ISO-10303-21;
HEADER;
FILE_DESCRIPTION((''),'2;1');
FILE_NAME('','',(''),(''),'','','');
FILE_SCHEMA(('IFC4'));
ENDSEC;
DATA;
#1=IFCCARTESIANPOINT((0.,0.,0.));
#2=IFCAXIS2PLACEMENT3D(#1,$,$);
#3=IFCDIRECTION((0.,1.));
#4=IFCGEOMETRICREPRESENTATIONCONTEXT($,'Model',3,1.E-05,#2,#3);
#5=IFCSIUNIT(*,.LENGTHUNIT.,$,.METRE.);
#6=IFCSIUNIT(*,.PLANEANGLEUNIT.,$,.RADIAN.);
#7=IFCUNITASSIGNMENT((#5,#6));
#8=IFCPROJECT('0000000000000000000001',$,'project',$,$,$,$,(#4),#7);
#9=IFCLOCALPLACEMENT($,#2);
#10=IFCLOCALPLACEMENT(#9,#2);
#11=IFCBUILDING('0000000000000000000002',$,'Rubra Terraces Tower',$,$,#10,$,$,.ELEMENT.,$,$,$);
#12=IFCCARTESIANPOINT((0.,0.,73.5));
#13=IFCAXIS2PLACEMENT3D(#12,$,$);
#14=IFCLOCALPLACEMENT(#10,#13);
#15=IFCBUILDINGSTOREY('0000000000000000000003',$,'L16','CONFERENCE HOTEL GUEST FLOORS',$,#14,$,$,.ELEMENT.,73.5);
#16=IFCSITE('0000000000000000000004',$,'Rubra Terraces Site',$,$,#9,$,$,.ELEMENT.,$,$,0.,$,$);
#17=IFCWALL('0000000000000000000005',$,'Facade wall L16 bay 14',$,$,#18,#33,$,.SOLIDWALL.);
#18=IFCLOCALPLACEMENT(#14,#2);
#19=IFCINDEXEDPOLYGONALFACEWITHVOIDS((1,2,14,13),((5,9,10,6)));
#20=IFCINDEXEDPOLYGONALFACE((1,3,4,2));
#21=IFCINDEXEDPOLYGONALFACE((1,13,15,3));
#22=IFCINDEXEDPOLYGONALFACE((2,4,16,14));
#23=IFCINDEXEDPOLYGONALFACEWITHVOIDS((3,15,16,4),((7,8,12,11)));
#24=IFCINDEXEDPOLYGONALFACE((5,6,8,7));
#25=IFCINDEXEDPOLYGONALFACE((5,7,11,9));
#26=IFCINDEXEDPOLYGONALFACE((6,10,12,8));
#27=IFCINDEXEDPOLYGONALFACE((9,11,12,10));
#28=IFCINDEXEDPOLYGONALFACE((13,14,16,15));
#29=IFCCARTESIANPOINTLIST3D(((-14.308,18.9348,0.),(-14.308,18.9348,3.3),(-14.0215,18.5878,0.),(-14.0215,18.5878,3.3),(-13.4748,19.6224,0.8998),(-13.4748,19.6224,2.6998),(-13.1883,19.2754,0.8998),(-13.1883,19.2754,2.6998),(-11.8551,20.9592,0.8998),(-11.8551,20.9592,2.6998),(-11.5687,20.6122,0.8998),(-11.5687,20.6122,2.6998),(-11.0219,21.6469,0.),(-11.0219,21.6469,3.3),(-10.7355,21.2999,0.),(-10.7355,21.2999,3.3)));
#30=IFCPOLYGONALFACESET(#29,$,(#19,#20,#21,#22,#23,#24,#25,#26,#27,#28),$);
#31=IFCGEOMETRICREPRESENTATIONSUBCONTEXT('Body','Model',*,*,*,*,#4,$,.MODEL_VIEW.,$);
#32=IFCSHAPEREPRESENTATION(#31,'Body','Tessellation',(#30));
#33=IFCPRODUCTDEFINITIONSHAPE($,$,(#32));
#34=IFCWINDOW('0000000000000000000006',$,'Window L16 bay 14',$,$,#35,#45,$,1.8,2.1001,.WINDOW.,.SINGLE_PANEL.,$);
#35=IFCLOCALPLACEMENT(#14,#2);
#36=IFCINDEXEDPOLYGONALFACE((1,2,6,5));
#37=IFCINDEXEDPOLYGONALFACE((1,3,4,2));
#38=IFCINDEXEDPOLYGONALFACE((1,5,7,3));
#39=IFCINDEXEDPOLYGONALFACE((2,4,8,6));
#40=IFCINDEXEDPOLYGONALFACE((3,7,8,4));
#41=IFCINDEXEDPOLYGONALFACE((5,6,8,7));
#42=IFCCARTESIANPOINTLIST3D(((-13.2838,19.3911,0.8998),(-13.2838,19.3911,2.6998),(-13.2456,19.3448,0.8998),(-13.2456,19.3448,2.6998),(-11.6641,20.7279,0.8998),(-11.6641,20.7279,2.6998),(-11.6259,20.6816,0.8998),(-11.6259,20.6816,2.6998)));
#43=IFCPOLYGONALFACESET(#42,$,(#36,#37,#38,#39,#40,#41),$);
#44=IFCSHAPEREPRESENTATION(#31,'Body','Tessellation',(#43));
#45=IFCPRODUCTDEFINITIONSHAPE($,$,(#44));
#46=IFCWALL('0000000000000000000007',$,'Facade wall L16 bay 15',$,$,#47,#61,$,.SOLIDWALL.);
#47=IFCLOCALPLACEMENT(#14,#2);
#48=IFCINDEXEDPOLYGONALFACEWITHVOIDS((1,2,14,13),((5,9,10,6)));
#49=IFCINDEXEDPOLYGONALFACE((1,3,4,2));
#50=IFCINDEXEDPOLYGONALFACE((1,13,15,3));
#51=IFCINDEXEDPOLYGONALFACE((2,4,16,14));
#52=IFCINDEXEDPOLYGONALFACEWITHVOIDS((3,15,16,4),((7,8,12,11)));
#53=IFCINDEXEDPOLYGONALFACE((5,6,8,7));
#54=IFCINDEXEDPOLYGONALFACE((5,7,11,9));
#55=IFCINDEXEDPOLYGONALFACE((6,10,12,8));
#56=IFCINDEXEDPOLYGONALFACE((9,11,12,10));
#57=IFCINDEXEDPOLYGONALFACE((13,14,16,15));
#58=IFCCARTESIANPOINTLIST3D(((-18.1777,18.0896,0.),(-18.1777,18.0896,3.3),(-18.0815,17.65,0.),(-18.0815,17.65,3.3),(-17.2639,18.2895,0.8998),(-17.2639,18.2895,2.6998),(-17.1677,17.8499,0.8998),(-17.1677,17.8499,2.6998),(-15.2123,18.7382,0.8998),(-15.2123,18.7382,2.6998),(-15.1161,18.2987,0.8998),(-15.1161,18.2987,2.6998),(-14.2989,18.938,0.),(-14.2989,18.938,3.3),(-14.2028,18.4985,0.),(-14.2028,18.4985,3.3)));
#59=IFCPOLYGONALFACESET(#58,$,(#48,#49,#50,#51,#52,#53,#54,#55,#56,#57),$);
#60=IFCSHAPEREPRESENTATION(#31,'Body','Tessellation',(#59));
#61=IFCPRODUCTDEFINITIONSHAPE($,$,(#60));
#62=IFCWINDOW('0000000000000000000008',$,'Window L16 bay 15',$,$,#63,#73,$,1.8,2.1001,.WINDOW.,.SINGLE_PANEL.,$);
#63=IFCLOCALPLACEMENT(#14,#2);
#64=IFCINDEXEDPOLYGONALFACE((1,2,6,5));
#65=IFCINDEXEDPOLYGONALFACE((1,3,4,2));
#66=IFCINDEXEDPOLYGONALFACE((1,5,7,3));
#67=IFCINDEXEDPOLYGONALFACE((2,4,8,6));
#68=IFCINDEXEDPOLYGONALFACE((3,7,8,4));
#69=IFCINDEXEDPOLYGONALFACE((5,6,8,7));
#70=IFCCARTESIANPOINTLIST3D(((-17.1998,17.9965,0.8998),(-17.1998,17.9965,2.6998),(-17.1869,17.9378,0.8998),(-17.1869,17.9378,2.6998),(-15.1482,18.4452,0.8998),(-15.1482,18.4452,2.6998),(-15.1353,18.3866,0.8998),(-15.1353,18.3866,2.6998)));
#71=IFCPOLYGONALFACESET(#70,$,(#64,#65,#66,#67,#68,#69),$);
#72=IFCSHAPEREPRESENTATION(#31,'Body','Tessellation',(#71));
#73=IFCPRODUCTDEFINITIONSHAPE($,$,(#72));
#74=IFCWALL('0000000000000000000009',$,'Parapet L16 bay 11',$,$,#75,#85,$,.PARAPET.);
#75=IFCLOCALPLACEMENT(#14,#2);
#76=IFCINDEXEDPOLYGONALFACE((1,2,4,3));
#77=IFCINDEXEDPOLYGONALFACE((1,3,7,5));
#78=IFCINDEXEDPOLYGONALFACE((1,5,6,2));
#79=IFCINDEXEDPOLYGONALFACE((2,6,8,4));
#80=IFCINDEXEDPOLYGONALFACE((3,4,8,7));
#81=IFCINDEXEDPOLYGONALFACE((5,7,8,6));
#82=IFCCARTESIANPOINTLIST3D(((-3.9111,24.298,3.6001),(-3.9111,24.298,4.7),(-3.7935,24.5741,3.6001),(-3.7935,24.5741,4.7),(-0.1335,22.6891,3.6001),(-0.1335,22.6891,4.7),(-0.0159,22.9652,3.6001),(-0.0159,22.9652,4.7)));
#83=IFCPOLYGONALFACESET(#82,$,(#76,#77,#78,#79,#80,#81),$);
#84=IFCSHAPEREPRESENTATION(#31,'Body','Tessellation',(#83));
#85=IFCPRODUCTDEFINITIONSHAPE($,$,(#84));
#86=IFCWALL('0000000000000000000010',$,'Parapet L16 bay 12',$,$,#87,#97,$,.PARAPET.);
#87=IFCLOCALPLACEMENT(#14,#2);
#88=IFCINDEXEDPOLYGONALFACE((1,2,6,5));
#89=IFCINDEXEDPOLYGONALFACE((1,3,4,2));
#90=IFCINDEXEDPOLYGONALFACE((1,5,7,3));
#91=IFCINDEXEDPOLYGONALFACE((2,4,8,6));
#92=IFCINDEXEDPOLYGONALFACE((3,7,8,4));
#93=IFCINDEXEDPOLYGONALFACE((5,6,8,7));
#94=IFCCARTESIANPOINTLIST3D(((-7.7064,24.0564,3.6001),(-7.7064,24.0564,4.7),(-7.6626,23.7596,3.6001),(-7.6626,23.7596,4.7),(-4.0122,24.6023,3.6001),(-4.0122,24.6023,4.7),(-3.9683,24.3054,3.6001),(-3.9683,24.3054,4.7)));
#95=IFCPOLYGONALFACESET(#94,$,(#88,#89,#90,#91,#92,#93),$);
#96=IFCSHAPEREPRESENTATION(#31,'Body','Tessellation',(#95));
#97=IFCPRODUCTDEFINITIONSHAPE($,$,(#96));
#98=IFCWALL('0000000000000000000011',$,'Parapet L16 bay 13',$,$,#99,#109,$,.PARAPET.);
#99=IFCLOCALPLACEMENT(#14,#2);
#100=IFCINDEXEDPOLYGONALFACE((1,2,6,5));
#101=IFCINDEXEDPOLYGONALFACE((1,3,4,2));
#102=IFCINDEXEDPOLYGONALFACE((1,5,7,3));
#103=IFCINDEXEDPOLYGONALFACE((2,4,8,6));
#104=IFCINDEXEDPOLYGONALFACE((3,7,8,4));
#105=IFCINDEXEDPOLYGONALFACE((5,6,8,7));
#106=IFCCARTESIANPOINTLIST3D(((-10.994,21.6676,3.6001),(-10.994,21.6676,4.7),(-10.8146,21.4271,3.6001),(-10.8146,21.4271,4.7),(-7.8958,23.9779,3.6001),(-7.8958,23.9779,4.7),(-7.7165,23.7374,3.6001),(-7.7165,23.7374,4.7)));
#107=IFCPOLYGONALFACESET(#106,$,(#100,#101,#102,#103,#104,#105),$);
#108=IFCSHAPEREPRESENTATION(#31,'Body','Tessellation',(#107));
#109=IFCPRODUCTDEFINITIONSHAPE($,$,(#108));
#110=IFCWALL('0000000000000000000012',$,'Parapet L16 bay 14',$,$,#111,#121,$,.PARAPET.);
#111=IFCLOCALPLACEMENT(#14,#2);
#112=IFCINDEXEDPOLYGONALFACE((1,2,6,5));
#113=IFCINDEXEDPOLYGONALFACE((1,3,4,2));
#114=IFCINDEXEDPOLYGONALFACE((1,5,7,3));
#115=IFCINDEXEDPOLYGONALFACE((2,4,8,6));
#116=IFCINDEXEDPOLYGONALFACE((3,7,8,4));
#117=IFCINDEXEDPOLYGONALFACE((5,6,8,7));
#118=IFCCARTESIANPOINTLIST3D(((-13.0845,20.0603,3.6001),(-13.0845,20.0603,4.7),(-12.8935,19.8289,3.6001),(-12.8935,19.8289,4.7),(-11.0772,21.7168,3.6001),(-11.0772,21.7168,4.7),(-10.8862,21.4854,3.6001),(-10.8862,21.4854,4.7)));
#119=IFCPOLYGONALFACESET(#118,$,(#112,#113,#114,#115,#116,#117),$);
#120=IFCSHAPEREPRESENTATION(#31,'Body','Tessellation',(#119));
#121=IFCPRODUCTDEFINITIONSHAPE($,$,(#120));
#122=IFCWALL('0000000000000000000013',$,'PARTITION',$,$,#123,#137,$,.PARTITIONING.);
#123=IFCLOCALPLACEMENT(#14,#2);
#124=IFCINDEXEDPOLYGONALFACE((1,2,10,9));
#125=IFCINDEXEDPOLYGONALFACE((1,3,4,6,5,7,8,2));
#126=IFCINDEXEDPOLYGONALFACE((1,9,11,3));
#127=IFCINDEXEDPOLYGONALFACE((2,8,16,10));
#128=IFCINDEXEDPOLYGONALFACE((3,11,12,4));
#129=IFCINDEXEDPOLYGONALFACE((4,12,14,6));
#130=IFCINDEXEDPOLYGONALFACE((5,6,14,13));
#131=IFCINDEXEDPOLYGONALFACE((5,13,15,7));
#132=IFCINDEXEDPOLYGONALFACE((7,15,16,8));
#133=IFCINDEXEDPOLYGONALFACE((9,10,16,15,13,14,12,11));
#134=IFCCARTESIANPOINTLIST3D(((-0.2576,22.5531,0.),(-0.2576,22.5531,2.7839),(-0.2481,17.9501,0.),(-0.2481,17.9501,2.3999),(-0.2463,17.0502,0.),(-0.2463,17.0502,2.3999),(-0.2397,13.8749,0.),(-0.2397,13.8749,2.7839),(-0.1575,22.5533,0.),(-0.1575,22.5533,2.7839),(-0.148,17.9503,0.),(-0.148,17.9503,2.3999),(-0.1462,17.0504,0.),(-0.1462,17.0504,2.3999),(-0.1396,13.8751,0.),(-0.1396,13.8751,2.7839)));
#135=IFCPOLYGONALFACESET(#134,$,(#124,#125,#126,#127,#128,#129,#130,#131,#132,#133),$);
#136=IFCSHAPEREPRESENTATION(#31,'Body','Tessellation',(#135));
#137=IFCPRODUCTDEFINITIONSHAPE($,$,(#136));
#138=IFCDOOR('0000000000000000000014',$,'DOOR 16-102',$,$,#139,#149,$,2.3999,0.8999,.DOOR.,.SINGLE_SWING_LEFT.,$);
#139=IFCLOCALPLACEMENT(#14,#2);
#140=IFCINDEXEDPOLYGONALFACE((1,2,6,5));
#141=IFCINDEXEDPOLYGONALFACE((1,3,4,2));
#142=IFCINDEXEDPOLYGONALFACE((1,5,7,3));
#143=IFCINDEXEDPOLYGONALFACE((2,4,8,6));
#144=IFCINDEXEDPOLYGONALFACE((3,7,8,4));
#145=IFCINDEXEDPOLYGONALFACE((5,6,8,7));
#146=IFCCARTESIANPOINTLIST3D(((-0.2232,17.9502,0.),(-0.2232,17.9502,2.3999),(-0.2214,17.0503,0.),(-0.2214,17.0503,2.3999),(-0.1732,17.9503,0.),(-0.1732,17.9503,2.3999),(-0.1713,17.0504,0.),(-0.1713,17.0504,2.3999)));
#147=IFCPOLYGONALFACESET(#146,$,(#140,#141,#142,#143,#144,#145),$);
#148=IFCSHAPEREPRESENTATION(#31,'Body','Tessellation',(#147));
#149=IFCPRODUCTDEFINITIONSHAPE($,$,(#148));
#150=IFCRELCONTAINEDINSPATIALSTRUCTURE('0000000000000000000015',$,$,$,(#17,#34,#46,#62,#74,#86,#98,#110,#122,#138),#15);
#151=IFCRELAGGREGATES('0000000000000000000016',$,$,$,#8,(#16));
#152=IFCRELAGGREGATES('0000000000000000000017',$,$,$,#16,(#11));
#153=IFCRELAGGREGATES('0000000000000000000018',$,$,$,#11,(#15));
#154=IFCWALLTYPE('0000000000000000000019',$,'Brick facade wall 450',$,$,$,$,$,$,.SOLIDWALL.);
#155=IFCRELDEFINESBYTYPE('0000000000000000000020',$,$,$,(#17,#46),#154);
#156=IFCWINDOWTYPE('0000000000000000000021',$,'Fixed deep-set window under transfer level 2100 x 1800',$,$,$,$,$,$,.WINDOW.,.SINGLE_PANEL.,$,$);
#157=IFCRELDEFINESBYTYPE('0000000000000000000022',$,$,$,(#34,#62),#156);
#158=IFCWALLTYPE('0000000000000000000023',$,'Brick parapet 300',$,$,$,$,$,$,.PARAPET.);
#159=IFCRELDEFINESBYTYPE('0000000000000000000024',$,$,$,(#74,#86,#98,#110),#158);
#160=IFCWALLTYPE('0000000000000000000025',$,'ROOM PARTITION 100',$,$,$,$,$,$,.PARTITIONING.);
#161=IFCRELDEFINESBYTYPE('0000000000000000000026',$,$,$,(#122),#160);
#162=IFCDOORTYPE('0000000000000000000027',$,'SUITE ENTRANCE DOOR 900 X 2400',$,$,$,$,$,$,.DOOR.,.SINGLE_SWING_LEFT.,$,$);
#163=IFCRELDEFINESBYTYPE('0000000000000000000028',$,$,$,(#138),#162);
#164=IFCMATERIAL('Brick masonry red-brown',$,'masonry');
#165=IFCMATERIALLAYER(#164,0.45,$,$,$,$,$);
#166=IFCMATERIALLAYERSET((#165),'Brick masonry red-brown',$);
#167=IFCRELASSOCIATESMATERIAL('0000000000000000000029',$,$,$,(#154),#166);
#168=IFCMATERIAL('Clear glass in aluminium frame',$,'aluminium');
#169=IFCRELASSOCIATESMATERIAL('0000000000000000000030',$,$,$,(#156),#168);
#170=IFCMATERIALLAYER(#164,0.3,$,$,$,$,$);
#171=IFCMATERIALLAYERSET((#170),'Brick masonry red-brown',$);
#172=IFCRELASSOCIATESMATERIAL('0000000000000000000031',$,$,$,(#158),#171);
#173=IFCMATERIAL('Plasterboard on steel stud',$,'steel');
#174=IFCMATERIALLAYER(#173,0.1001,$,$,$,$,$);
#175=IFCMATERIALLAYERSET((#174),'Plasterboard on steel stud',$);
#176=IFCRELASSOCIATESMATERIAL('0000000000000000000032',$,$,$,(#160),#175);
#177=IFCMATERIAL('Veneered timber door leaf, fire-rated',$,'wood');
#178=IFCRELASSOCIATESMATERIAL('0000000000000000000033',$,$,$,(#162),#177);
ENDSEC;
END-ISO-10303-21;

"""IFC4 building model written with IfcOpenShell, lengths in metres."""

from ifc_helpers import new_model, si_unit, direction, frame, frame_2d, origin, place, context, subcontext, project, spatial, rectangle, extrude, material, layer, layer_set, type_object, element, fill, save


model = new_model("IFC4")

# Units and contexts
model_context = context("Model", 3, precision=1e-05, world=origin(), true_north=direction((0.0, 1.0)))
body_context = subcontext(model_context, "Body", "Model", "MODEL_VIEW")
ifc_project = project(units=[si_unit("LENGTHUNIT", "METRE"), si_unit("PLANEANGLEUNIT", "RADIAN")], contexts=[model_context])

# Site, building, storey
site_placement = place(None, origin())
site = spatial("IfcSite", under=ifc_project, at=site_placement, Name="Rubra Terraces Site", CompositionType="ELEMENT", RefElevation=0.0)
building_placement = place(site_placement, origin())
building = spatial("IfcBuilding", under=site, at=building_placement, Name="Rubra Terraces Tower", CompositionType="ELEMENT")
storey_placement = place(building_placement, frame((0.0, 0.0, 73.5)))
storey = spatial("IfcBuildingStorey", under=building, at=storey_placement, Name="L16", Description="CONFERENCE HOTEL GUEST FLOORS", CompositionType="ELEMENT", Elevation=73.5)

# Walls, openings, windows
ifc_material_1 = material(Name="Brick masonry red-brown", Category="masonry")
ifc_layer_1 = layer(ifc_material_1, 0.45)
ifc_layer_set_1 = layer_set([ifc_layer_1], Name="Brick masonry red-brown")
wall_type_1 = type_object("IfcWallType", Name="Brick facade wall 450", PredefinedType="SOLIDWALL", material=ifc_layer_set_1)
ifc_material_2 = material(Name="Clear glass in aluminium frame", Category="aluminium")
window_type = type_object("IfcWindowType", Name="Fixed deep-set window under transfer level 2100 x 1800", PartitioningType="SINGLE_PANEL", PredefinedType="WINDOW", material=ifc_material_2)
wall_1_placement = place(storey_placement, frame((-10.8787, 21.4734, 0.0), z_axis=(0.0, 0.0, 1.0), x_axis=(-0.771247, -0.636536, 0.0)))
wall_1 = element("IfcWall", 1, at=wall_1_placement, inside=storey, type_object=wall_type_1, Name="Facade wall L16 bay 14", PredefinedType="SOLIDWALL", context=body_context, shape_type="SweptSolid", body=[
    extrude(rectangle(XDim=4.2607, YDim=0.45, at=frame_2d((2.1304, 0.0))), origin(), (0.0, 0.0, 1.0), 3.3),
])
opening_1_placement = place(wall_1_placement, frame((1.0803, 0.0, 0.8999)))
opening_1 = element("IfcOpeningElement", 2, at=opening_1_placement, cuts=wall_1, PredefinedType="OPENING", context=body_context, shape_type="SweptSolid", body=[
    extrude(rectangle(XDim=2.1001, YDim=1.8, at=frame_2d((1.05, 0.8999))), frame((0.0, 0.2349, 0.0), z_axis=(0.0, -1.0, 0.0), x_axis=(1.0, 0.0, 0.0)), (0.0, 0.0, 1.0), 0.47),
])
window_1_placement = place(opening_1_placement, origin())
window_1 = element("IfcWindow", 3, at=window_1_placement, inside=storey, type_object=window_type, Name="Window L16 bay 14", OverallHeight=1.8, OverallWidth=2.1001, PartitioningType="SINGLE_PANEL", PredefinedType="WINDOW", context=body_context, shape_type="SweptSolid", body=[
    extrude(rectangle(XDim=2.1001, YDim=1.8, at=frame_2d((1.05, 0.8999))), frame((0.0, 0.135, 0.0), z_axis=(0.0, -1.0, 0.0), x_axis=(1.0, 0.0, 0.0)), (0.0, 0.0, 1.0), 0.0601),
])
fill(opening_1, window_1)
wall_2_placement = place(storey_placement, frame((-14.2507, 18.7183, 0.0), z_axis=(0.0, 0.0, 1.0), x_axis=(-0.976904, -0.21368, 0.0)))
wall_2 = element("IfcWall", 4, at=wall_2_placement, inside=storey, type_object=wall_type_1, Name="Facade wall L16 bay 15", PredefinedType="SOLIDWALL", context=body_context, shape_type="SweptSolid", body=[
    extrude(rectangle(XDim=3.9705, YDim=0.45, at=frame_2d((1.9854, 0.0))), origin(), (0.0, 0.0, 1.0), 3.3),
])
opening_2_placement = place(wall_2_placement, frame((0.9351, 0.0, 0.8999)))
opening_2 = element("IfcOpeningElement", 5, at=opening_2_placement, cuts=wall_2, PredefinedType="OPENING", context=body_context, shape_type="SweptSolid", body=[
    extrude(rectangle(XDim=2.1001, YDim=1.8, at=frame_2d((1.05, 0.8999))), frame((0.0, 0.2349, 0.0), z_axis=(0.0, -1.0, 0.0), x_axis=(1.0, 0.0, 0.0)), (0.0, 0.0, 1.0), 0.47),
])
window_2_placement = place(opening_2_placement, origin())
window_2 = element("IfcWindow", 6, at=window_2_placement, inside=storey, type_object=window_type, Name="Window L16 bay 15", OverallHeight=1.8, OverallWidth=2.1001, PartitioningType="SINGLE_PANEL", PredefinedType="WINDOW", context=body_context, shape_type="SweptSolid", body=[
    extrude(rectangle(XDim=2.1001, YDim=1.8, at=frame_2d((1.05, 0.8999))), frame((0.0, 0.135, 0.0), z_axis=(0.0, -1.0, 0.0), x_axis=(1.0, 0.0, 0.0)), (0.0, 0.0, 1.0), 0.0601),
])
fill(opening_2, window_2)

# Walls
ifc_layer_2 = layer(ifc_material_1, 0.3)
ifc_layer_set_2 = layer_set([ifc_layer_2], Name="Brick masonry red-brown")
wall_type_2 = type_object("IfcWallType", Name="Brick parapet 300", PredefinedType="PARAPET", material=ifc_layer_set_2)
wall_3_placement = place(storey_placement, frame((-0.0747, 22.8271, 3.6001), z_axis=(0.0, 0.0, 1.0), x_axis=(-0.920032, 0.391844, 0.0)))
element("IfcWall", 7, at=wall_3_placement, inside=storey, type_object=wall_type_2, Name="Parapet L16 bay 11", PredefinedType="PARAPET", context=body_context, shape_type="SweptSolid", body=[
    extrude(rectangle(XDim=4.106, YDim=0.3, at=frame_2d((2.053, 0.0))), origin(), (0.0, 0.0, 1.0), 1.0999),
])
wall_4_placement = place(storey_placement, frame((-3.9902, 24.4539, 3.6001), z_axis=(0.0, 0.0, 1.0), x_axis=(-0.989258, -0.146179, 0.0)))
element("IfcWall", 8, at=wall_4_placement, inside=storey, type_object=wall_type_2, Name="Parapet L16 bay 12", PredefinedType="PARAPET", context=body_context, shape_type="SweptSolid", body=[
    extrude(rectangle(XDim=3.7344, YDim=0.3, at=frame_2d((1.8672, 0.0))), origin(), (0.0, 0.0, 1.0), 1.0999),
])
wall_5_placement = place(storey_placement, frame((-7.8062, 23.8577, 3.6001), z_axis=(0.0, 0.0, 1.0), x_axis=(-0.80165, -0.597794, 0.0)))
element("IfcWall", 9, at=wall_5_placement, inside=storey, type_object=wall_type_2, Name="Parapet L16 bay 13", PredefinedType="PARAPET", context=body_context, shape_type="SweptSolid", body=[
    extrude(rectangle(XDim=3.8647, YDim=0.3, at=frame_2d((1.9324, 0.0))), origin(), (0.0, 0.0, 1.0), 1.0999),
])
wall_6_placement = place(storey_placement, frame((-10.9817, 21.6011, 3.6001), z_axis=(0.0, 0.0, 1.0), x_axis=(-0.771288, -0.636486, 0.0)))
element("IfcWall", 10, at=wall_6_placement, inside=storey, type_object=wall_type_2, Name="Parapet L16 bay 14", PredefinedType="PARAPET", context=body_context, shape_type="SweptSolid", body=[
    extrude(rectangle(XDim=2.6025, YDim=0.3, at=frame_2d((1.3013, 0.0))), origin(), (0.0, 0.0, 1.0), 1.0999),
])

# Wall, opening, door
ifc_material_3 = material(Name="Plasterboard on steel stud", Category="steel")
ifc_layer_3 = layer(ifc_material_3, 0.1001)
ifc_layer_set_3 = layer_set([ifc_layer_3], Name="Plasterboard on steel stud")
wall_type_3 = type_object("IfcWallType", Name="ROOM PARTITION 100", PredefinedType="PARTITIONING", material=ifc_layer_set_3)
wall_7_placement = place(storey_placement, frame((-0.2075, 22.5532, 0.0), z_axis=(0.0, 0.0, 1.0), x_axis=(0.002054, -0.999998, 0.0)))
wall_7 = element("IfcWall", 11, at=wall_7_placement, inside=storey, type_object=wall_type_3, Name="PARTITION", PredefinedType="PARTITIONING", context=body_context, shape_type="SweptSolid", body=[
    extrude(rectangle(XDim=8.6782, YDim=0.1001, at=frame_2d((4.3391, 0.0))), origin(), (0.0, 0.0, 1.0), 2.7839),
])
opening_3_placement = place(wall_7_placement, frame((4.603, 0.0, 0.0)))
opening_3 = element("IfcOpeningElement", 12, at=opening_3_placement, cuts=wall_7, PredefinedType="OPENING", context=body_context, shape_type="SweptSolid", body=[
    extrude(rectangle(XDim=0.8999, YDim=2.3999, at=frame_2d((0.45, 1.2))), frame((0.0, 0.0601, 0.0), z_axis=(0.0, -1.0, 0.0), x_axis=(1.0, 0.0, 0.0)), (0.0, 0.0, 1.0), 0.1201),
])
ifc_material_4 = material(Name="Veneered timber door leaf, fire-rated", Category="wood")
door_type = type_object("IfcDoorType", Name="SUITE ENTRANCE DOOR 900 X 2400", OperationType="SINGLE_SWING_LEFT", PredefinedType="DOOR", material=ifc_material_4)
door_1_placement = place(opening_3_placement, origin())
door_1 = element("IfcDoor", 13, at=door_1_placement, inside=storey, type_object=door_type, Name="DOOR 16-102", OperationType="SINGLE_SWING_LEFT", OverallHeight=2.3999, OverallWidth=0.8999, PredefinedType="DOOR", context=body_context, shape_type="SweptSolid", body=[
    extrude(rectangle(XDim=0.8999, YDim=2.3999, at=frame_2d((0.45, 1.2))), frame((0.0, 0.0249, 0.0), z_axis=(0.0, -1.0, 0.0), x_axis=(1.0, 0.0, 0.0)), (0.0, 0.0, 1.0), 0.05),
])
fill(opening_3, door_1)

save(model, "model.ifc")
